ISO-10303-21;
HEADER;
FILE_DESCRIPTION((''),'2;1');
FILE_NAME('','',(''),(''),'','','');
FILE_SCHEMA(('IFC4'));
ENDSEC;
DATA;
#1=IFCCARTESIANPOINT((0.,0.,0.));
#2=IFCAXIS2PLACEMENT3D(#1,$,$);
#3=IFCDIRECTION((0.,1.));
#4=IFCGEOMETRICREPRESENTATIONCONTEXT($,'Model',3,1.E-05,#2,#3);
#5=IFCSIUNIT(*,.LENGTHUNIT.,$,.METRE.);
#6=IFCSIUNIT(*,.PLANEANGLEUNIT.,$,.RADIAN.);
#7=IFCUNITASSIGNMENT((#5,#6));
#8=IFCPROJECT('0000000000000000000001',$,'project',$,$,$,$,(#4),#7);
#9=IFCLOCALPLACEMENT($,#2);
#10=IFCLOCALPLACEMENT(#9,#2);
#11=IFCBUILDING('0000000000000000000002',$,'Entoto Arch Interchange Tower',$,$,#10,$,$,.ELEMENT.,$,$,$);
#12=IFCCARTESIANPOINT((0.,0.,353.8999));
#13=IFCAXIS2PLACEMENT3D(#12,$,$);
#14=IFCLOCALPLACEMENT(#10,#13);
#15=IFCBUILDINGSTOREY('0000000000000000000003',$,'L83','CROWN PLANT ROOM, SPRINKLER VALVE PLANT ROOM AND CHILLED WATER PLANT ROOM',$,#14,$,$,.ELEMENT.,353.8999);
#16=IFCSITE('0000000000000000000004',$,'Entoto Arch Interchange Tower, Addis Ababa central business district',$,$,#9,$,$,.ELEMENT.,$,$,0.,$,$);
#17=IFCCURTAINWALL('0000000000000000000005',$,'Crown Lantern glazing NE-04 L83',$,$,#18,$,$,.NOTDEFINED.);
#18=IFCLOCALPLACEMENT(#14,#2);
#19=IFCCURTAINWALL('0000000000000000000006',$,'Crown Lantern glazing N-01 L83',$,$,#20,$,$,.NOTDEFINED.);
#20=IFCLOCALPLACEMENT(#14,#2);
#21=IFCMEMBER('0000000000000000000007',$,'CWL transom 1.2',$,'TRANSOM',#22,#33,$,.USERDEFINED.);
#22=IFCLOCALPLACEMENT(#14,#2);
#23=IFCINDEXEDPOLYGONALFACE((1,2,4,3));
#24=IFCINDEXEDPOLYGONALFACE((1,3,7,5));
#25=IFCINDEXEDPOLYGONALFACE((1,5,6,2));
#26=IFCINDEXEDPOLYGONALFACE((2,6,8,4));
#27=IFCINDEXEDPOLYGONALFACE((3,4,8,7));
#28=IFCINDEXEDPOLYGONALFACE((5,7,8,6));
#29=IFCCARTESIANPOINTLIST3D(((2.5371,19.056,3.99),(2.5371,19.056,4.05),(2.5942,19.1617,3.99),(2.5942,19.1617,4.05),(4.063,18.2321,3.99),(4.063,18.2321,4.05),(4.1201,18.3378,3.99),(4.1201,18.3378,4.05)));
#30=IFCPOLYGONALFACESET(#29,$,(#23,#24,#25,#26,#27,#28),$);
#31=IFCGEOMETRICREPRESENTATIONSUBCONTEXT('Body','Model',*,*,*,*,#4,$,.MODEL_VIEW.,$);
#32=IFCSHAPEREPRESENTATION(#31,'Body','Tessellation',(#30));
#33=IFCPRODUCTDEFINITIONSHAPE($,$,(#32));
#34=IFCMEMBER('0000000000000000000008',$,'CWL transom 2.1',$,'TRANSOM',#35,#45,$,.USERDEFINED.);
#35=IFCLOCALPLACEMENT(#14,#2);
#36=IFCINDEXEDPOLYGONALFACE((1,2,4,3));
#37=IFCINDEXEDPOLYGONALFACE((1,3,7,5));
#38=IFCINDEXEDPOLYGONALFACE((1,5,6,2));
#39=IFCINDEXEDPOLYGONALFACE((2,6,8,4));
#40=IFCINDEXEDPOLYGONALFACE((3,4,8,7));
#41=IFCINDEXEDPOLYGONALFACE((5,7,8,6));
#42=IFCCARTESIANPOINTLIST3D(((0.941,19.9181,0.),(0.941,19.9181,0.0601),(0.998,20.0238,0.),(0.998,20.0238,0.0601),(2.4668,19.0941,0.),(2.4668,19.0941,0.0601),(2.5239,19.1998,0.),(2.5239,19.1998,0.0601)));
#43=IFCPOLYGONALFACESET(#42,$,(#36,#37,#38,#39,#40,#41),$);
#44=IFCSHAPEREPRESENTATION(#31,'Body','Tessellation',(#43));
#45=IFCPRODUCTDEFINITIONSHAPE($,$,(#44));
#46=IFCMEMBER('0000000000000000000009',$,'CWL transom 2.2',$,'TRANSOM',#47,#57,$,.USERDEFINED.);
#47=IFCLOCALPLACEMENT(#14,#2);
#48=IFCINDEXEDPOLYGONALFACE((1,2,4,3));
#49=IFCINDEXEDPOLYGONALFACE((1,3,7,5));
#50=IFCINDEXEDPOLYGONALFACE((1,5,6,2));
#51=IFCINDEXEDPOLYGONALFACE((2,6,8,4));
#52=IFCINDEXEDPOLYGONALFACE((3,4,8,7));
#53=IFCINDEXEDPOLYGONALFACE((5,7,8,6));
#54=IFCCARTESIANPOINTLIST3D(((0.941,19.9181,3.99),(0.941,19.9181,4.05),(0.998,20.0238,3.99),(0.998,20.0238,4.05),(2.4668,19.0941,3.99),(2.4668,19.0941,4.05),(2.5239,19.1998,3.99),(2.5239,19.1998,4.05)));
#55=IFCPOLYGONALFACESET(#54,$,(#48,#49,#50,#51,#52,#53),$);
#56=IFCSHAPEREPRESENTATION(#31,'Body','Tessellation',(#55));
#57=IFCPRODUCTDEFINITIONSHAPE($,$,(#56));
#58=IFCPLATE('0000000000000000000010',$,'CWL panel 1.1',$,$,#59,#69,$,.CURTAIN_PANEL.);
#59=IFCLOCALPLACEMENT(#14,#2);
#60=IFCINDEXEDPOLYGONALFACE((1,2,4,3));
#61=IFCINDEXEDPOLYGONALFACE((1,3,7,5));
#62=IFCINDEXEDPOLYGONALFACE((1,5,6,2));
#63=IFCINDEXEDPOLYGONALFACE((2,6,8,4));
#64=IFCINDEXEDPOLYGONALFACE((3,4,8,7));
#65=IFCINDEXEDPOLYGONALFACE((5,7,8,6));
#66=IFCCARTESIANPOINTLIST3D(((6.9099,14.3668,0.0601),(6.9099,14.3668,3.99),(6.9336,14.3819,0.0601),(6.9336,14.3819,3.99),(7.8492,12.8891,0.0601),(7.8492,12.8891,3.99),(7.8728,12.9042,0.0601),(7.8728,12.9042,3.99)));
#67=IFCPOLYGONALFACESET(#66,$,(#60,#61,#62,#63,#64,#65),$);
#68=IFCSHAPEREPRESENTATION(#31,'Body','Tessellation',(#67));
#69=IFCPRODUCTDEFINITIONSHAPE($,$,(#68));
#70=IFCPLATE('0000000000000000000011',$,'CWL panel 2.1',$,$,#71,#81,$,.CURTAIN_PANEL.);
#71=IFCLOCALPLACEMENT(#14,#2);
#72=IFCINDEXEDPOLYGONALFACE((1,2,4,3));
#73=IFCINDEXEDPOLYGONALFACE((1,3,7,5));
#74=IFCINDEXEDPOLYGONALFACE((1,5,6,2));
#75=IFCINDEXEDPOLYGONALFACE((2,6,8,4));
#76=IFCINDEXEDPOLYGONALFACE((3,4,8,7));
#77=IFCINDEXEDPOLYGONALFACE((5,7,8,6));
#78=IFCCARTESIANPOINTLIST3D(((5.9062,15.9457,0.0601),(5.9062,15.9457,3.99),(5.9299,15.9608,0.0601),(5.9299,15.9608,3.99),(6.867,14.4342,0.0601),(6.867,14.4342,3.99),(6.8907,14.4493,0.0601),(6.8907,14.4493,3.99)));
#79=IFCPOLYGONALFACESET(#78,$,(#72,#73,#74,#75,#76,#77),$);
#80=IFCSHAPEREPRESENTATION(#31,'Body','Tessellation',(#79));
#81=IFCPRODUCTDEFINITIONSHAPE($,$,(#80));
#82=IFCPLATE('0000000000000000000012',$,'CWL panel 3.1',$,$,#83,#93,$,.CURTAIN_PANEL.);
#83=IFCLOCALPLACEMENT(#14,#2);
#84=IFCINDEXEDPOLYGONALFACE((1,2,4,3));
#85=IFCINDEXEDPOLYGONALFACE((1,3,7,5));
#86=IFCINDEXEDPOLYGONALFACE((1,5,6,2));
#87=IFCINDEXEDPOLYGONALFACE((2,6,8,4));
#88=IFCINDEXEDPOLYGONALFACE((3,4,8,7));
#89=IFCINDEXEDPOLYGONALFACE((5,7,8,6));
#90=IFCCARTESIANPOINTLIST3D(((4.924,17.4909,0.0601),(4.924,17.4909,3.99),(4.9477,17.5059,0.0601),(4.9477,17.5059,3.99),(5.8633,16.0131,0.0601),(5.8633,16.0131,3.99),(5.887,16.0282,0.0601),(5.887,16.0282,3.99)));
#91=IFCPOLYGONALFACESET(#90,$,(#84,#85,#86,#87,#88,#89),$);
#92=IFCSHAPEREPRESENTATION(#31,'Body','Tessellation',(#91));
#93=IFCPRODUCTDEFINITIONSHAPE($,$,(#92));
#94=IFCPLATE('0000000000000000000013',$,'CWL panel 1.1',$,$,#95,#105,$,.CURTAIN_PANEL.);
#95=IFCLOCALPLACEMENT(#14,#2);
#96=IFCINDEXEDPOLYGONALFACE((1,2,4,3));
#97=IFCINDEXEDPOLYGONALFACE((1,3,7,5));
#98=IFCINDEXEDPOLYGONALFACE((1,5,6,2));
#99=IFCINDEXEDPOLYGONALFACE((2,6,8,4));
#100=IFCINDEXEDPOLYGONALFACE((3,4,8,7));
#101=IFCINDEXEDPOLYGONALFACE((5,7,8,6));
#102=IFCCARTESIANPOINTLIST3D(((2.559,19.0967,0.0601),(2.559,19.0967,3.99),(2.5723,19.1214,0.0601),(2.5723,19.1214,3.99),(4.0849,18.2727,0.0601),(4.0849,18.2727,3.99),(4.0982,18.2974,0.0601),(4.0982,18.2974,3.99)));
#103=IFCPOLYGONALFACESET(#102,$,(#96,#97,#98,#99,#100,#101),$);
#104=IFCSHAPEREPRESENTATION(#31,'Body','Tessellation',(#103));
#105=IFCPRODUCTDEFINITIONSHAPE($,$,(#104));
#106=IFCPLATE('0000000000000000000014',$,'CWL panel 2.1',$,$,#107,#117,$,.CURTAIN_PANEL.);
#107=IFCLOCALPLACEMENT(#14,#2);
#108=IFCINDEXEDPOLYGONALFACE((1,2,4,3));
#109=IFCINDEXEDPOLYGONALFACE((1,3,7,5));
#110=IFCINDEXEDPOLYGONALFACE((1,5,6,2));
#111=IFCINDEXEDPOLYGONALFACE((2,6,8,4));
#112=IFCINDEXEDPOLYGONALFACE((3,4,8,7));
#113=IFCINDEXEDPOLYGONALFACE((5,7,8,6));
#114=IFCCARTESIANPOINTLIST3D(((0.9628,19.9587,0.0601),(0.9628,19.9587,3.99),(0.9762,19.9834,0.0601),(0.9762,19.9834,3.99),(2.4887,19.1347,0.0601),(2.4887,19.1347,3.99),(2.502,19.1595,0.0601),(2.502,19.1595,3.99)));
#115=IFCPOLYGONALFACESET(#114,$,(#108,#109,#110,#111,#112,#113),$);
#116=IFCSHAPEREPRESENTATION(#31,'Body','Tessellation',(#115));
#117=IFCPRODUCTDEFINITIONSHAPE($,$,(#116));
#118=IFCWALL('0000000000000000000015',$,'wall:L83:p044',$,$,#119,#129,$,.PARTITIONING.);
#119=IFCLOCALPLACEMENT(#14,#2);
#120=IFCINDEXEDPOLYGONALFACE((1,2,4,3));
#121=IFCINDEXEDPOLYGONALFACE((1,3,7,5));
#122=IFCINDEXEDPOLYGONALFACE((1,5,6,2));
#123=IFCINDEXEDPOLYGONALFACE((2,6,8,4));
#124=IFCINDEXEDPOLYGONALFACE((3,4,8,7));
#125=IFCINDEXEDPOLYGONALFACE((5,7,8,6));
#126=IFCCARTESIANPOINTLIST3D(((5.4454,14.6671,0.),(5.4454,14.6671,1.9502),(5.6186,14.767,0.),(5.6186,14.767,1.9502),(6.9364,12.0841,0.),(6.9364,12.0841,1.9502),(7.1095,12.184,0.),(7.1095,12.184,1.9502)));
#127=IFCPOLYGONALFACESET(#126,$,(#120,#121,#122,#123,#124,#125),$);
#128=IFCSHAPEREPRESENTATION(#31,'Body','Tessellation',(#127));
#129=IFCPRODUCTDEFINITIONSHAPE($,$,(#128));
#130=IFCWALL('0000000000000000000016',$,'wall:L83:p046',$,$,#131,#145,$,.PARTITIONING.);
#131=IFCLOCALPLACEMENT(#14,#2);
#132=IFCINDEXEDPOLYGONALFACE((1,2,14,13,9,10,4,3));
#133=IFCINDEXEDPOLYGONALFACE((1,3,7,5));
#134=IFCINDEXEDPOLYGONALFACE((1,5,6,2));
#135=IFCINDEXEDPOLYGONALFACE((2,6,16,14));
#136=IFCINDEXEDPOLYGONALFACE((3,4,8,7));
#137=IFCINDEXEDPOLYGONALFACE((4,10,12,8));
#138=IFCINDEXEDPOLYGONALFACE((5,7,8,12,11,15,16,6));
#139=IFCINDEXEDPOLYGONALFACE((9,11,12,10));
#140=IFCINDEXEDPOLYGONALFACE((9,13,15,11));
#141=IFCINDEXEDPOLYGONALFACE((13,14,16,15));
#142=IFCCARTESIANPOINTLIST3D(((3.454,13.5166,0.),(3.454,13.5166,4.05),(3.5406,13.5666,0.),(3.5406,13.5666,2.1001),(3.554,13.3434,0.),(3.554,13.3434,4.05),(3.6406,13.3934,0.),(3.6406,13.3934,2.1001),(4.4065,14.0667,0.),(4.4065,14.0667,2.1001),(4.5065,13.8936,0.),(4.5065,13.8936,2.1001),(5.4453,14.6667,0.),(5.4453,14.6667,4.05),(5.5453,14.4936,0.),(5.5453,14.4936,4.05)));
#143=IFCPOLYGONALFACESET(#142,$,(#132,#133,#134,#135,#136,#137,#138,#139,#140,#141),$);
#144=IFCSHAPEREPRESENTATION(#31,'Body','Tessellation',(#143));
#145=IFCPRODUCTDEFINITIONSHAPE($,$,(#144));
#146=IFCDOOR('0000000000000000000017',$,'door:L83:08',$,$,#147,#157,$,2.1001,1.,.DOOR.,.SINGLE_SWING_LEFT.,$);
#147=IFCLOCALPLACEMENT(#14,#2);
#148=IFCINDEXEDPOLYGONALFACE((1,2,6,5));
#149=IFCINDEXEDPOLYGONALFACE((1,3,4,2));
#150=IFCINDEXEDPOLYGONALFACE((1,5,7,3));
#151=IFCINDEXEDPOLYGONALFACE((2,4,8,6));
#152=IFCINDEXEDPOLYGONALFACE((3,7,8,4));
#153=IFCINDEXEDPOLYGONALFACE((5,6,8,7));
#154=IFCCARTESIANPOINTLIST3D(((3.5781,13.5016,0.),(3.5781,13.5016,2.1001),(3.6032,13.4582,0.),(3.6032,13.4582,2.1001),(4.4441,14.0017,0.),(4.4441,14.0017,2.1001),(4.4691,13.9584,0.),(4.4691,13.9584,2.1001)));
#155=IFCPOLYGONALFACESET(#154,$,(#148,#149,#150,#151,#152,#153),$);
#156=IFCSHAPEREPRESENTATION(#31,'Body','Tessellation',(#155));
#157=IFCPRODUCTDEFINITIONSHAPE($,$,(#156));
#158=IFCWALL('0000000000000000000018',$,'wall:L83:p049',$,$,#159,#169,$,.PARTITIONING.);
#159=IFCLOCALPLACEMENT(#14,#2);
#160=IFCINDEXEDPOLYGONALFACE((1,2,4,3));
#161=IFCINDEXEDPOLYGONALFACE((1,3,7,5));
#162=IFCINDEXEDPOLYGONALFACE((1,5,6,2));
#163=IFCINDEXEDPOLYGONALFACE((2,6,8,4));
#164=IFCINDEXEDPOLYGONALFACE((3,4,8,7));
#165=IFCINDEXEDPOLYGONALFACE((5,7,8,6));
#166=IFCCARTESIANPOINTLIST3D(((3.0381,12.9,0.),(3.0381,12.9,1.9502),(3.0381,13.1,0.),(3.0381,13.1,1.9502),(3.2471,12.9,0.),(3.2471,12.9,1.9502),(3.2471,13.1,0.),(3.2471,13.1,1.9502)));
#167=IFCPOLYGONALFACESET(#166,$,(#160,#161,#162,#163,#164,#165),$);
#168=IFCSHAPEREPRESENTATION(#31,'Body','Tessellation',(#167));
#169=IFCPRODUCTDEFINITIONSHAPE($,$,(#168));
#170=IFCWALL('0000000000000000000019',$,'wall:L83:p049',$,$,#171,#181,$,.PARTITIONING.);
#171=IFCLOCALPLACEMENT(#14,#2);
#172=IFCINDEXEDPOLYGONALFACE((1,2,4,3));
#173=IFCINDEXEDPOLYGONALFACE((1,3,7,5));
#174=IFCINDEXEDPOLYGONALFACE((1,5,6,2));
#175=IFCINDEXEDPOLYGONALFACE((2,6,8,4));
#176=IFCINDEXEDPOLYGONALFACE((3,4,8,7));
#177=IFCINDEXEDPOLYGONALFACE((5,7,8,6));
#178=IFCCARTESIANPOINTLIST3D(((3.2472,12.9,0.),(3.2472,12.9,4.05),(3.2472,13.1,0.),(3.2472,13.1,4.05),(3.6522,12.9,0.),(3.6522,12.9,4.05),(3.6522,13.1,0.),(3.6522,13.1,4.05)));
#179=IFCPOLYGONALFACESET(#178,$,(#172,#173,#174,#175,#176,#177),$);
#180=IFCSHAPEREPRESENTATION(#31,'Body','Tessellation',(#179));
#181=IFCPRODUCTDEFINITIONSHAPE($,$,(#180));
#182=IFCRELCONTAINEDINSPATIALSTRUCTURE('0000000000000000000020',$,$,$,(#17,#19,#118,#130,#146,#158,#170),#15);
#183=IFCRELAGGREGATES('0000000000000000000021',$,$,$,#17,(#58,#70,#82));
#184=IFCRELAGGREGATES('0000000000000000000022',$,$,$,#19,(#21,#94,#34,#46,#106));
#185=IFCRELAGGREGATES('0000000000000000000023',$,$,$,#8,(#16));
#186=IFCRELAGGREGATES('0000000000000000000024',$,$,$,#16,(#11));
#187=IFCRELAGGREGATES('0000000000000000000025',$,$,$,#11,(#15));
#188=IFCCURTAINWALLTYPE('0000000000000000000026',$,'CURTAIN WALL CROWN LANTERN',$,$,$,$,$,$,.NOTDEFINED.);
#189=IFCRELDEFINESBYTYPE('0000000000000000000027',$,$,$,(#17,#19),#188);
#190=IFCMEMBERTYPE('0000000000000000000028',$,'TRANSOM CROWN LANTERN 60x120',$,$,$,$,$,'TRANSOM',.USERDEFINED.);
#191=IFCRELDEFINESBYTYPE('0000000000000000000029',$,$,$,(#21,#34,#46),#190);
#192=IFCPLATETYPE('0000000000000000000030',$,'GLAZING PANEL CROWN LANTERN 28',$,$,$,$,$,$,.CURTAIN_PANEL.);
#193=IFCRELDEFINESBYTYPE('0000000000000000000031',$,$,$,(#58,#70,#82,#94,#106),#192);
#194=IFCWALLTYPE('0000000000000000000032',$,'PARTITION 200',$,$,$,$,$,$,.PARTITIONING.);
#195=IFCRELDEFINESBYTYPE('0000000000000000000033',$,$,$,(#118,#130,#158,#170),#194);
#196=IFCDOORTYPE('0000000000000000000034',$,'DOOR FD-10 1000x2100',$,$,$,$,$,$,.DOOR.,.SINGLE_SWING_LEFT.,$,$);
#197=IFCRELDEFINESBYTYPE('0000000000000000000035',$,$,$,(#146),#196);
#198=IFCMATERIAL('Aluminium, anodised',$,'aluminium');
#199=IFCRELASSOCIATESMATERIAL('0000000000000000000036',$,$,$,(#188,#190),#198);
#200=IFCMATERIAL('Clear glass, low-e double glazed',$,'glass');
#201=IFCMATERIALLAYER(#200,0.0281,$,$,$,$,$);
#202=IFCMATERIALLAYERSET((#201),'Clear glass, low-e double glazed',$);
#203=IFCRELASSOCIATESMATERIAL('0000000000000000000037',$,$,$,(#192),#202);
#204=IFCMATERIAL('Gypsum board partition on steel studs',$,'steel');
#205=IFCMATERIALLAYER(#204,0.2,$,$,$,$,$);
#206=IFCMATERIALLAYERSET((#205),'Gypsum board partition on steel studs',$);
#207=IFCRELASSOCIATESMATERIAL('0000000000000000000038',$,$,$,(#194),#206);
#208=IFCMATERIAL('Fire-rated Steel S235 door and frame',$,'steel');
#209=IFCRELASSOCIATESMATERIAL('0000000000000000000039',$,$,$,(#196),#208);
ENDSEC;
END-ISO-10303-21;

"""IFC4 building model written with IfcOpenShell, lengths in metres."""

from ifc_helpers import new_model, si_unit, direction, frame, frame_2d, origin, origin_2d, place, context, subcontext, project, spatial, rectangle, extrude, material, layer, layer_set, material_profile, profile_set, type_object, element, fill, aggregate, save


model = new_model("IFC4")

# Units and contexts
model_context = context("Model", 3, precision=1e-05, world=origin(), true_north=direction((0.0, 1.0)))
body_context = subcontext(model_context, "Body", "Model", "MODEL_VIEW")
ifc_project = project(units=[si_unit("LENGTHUNIT", "METRE"), si_unit("PLANEANGLEUNIT", "RADIAN")], contexts=[model_context])

# Site, building, storey
site_placement = place(None, origin())
site = spatial("IfcSite", under=ifc_project, at=site_placement, Name="Entoto Arch Interchange Tower, Addis Ababa central business district", CompositionType="ELEMENT", RefElevation=0.0)
building_placement = place(site_placement, origin())
building = spatial("IfcBuilding", under=site, at=building_placement, Name="Entoto Arch Interchange Tower", CompositionType="ELEMENT")
storey_placement = place(building_placement, frame((0.0, 0.0, 353.8999)))
storey = spatial("IfcBuildingStorey", under=building, at=storey_placement, Name="L83", Description="CROWN PLANT ROOM, SPRINKLER VALVE PLANT ROOM AND CHILLED WATER PLANT ROOM", CompositionType="ELEMENT", Elevation=353.8999)

# Curtain walls
ifc_material_1 = material(Name="Aluminium, anodised", Category="aluminium")
curtain_wall_type = type_object("IfcCurtainWallType", Name="CURTAIN WALL CROWN LANTERN", PredefinedType="NOTDEFINED", material=ifc_material_1)
curtain_wall_1_placement = place(storey_placement, origin())
curtain_wall_1 = element("IfcCurtainWall", 1, at=curtain_wall_1_placement, inside=storey, type_object=curtain_wall_type, Name="Crown Lantern glazing NE-04 L83", PredefinedType="NOTDEFINED")
curtain_wall_2_placement = place(storey_placement, origin())
curtain_wall_2 = element("IfcCurtainWall", 2, at=curtain_wall_2_placement, inside=storey, type_object=curtain_wall_type, Name="Crown Lantern glazing N-01 L83", PredefinedType="NOTDEFINED")

# Members
ifc_material_profile_1 = material_profile(ifc_material_1, rectangle(XDim=0.1201, YDim=0.0601, at=origin_2d()))
ifc_profile_set_1 = profile_set([ifc_material_profile_1], Name="Aluminium, anodised")
member_type_1 = type_object("IfcMemberType", Name="TRANSOM CROWN LANTERN 60x120", ElementType="TRANSOM", PredefinedType="USERDEFINED", material=ifc_profile_set_1)
member_1_placement = place(storey_placement, frame((4.0916, 18.2849, 4.02), z_axis=(-0.879905, 0.475149, 0.0), x_axis=(-0.475149, -0.879905, 0.0)))
member_1 = element("IfcMember", 3, at=member_1_placement, type_object=member_type_1, Name="CWL transom 1.2", ObjectType="TRANSOM", PredefinedType="USERDEFINED", context=body_context, shape_type="SweptSolid", body=[
    extrude(rectangle(XDim=0.1201, YDim=0.0601, at=origin_2d()), origin(), (0.0, 0.0, 1.0), 1.7341),
])
member_2_placement = place(storey_placement, frame((2.4954, 19.147, 0.03), z_axis=(-0.879905, 0.475149, 0.0), x_axis=(-0.475149, -0.879905, 0.0)))
member_2 = element("IfcMember", 4, at=member_2_placement, type_object=member_type_1, Name="CWL transom 2.1", ObjectType="TRANSOM", PredefinedType="USERDEFINED", context=body_context, shape_type="SweptSolid", body=[
    extrude(rectangle(XDim=0.1201, YDim=0.0601, at=origin_2d()), origin(), (0.0, 0.0, 1.0), 1.7341),
])
member_3_placement = place(storey_placement, frame((2.4954, 19.147, 4.02), z_axis=(-0.879905, 0.475149, 0.0), x_axis=(-0.475149, -0.879905, 0.0)))
member_3 = element("IfcMember", 5, at=member_3_placement, type_object=member_type_1, Name="CWL transom 2.2", ObjectType="TRANSOM", PredefinedType="USERDEFINED", context=body_context, shape_type="SweptSolid", body=[
    extrude(rectangle(XDim=0.1201, YDim=0.0601, at=origin_2d()), origin(), (0.0, 0.0, 1.0), 1.7341),
])

# Plates
ifc_material_2 = material(Name="Clear glass, low-e double glazed", Category="glass")
ifc_layer_1 = layer(ifc_material_2, 0.0281)
ifc_layer_set_1 = layer_set([ifc_layer_1], Name="Clear glass, low-e double glazed")
plate_type = type_object("IfcPlateType", Name="GLAZING PANEL CROWN LANTERN 28", PredefinedType="CURTAIN_PANEL", material=ifc_layer_set_1)
plate_1_placement = place(storey_placement, frame((7.3914, 13.6355, 0.0601), z_axis=(0.0, 0.0, 1.0), x_axis=(-0.536437, 0.84394, 0.0)))
plate_1 = element("IfcPlate", 6, at=plate_1_placement, type_object=plate_type, Name="CWL panel 1.1", PredefinedType="CURTAIN_PANEL", context=body_context, shape_type="SweptSolid", body=[
    extrude(rectangle(XDim=1.751, YDim=0.0281, at=origin_2d()), origin(), (0.0, 0.0, 1.0), 3.9299),
])
plate_2_placement = place(storey_placement, frame((6.3984, 15.1975, 0.0601), z_axis=(0.0, 0.0, 1.0), x_axis=(-0.536437, 0.84394, 0.0)))
plate_2 = element("IfcPlate", 7, at=plate_2_placement, type_object=plate_type, Name="CWL panel 2.1", PredefinedType="CURTAIN_PANEL", context=body_context, shape_type="SweptSolid", body=[
    extrude(rectangle(XDim=1.791, YDim=0.0281, at=origin_2d()), origin(), (0.0, 0.0, 1.0), 3.9299),
])
plate_3_placement = place(storey_placement, frame((5.4055, 16.7595, 0.0601), z_axis=(0.0, 0.0, 1.0), x_axis=(-0.536437, 0.84394, 0.0)))
plate_3 = element("IfcPlate", 8, at=plate_3_placement, type_object=plate_type, Name="CWL panel 3.1", PredefinedType="CURTAIN_PANEL", context=body_context, shape_type="SweptSolid", body=[
    extrude(rectangle(XDim=1.751, YDim=0.0281, at=origin_2d()), origin(), (0.0, 0.0, 1.0), 3.9299),
])
aggregate(curtain_wall_1, [plate_1, plate_2, plate_3])
plate_4_placement = place(storey_placement, frame((3.3286, 18.697, 0.0601), z_axis=(0.0, 0.0, 1.0), x_axis=(-0.879908, 0.475145, 0.0)))
plate_4 = element("IfcPlate", 9, at=plate_4_placement, type_object=plate_type, Name="CWL panel 1.1", PredefinedType="CURTAIN_PANEL", context=body_context, shape_type="SweptSolid", body=[
    extrude(rectangle(XDim=1.7341, YDim=0.0281, at=origin_2d()), origin(), (0.0, 0.0, 1.0), 3.9299),
])
plate_5_placement = place(storey_placement, frame((1.7324, 19.5591, 0.0601), z_axis=(0.0, 0.0, 1.0), x_axis=(-0.879908, 0.475145, 0.0)))
plate_5 = element("IfcPlate", 10, at=plate_5_placement, type_object=plate_type, Name="CWL panel 2.1", PredefinedType="CURTAIN_PANEL", context=body_context, shape_type="SweptSolid", body=[
    extrude(rectangle(XDim=1.7341, YDim=0.0281, at=origin_2d()), origin(), (0.0, 0.0, 1.0), 3.9299),
])
aggregate(curtain_wall_2, [member_1, plate_4, member_2, member_3, plate_5])

# Wall
ifc_material_3 = material(Name="Gypsum board partition on steel studs", Category="steel")
ifc_layer_2 = layer(ifc_material_3, 0.2)
ifc_layer_set_2 = layer_set([ifc_layer_2], Name="Gypsum board partition on steel studs")
wall_type_1 = type_object("IfcWallType", Name="PARTITION 200", PredefinedType="PARTITIONING", material=ifc_layer_set_2)
wall_1_placement = place(storey_placement, frame((5.532, 14.717, 0.0), z_axis=(0.0, 0.0, 1.0), x_axis=(0.499916, -0.866074, 0.0)))
element("IfcWall", 11, at=wall_1_placement, inside=storey, type_object=wall_type_1, Name="wall:L83:p044", PredefinedType="PARTITIONING", context=body_context, shape_type="SweptSolid", body=[
    extrude(rectangle(XDim=2.9824, YDim=0.2, at=frame_2d((1.4912, 0.0))), origin(), (0.0, 0.0, 1.0), 1.9502),
])

# Wall, opening, door
wall_2_placement = place(storey_placement, frame((3.5039, 13.4299, 0.0), z_axis=(0.0, 0.0, 1.0), x_axis=(0.865927, 0.50017, 0.0)))
wall_2 = element("IfcWall", 12, at=wall_2_placement, inside=storey, type_object=wall_type_1, Name="wall:L83:p046", PredefinedType="PARTITIONING", context=body_context, shape_type="SweptSolid", body=[
    extrude(rectangle(XDim=2.2996, YDim=0.2, at=frame_2d((1.1499, 0.0))), origin(), (0.0, 0.0, 1.0), 4.05),
])
opening_1_placement = place(wall_2_placement, frame((0.1001, 0.0, 0.0)))
opening_1 = element("IfcOpeningElement", 13, at=opening_1_placement, cuts=wall_2, PredefinedType="OPENING", context=body_context, shape_type="SweptSolid", body=[
    extrude(rectangle(XDim=1.0, YDim=2.1001, at=frame_2d((0.5, 1.05))), frame((0.0, 0.1099, 0.0), z_axis=(0.0, -1.0, 0.0), x_axis=(1.0, 0.0, 0.0)), (0.0, 0.0, 1.0), 0.22),
])
ifc_material_4 = material(Name="Fire-rated Steel S235 door and frame", Category="steel")
door_type = type_object("IfcDoorType", Name="DOOR FD-10 1000x2100", OperationType="SINGLE_SWING_LEFT", PredefinedType="DOOR", material=ifc_material_4)
door_1_placement = place(opening_1_placement, origin())
door_1 = element("IfcDoor", 14, at=door_1_placement, inside=storey, type_object=door_type, Name="door:L83:08", OperationType="SINGLE_SWING_LEFT", OverallHeight=2.1001, OverallWidth=1.0, PredefinedType="DOOR", context=body_context, shape_type="SweptSolid", body=[
    extrude(rectangle(XDim=1.0, YDim=2.1001, at=frame_2d((0.5, 1.05))), frame((0.0, 0.0249, 0.0), z_axis=(0.0, -1.0, 0.0), x_axis=(1.0, 0.0, 0.0)), (0.0, 0.0, 1.0), 0.05),
])
fill(opening_1, door_1)

# Walls
wall_3_placement = place(storey_placement, frame((3.0381, 13.0, 0.0), z_axis=(0.0, 0.0, 1.0), x_axis=(1.0, 0.0, 0.0)))
element("IfcWall", 15, at=wall_3_placement, inside=storey, type_object=wall_type_1, Name="wall:L83:p049", PredefinedType="PARTITIONING", context=body_context, shape_type="SweptSolid", body=[
    extrude(rectangle(XDim=0.209, YDim=0.2, at=frame_2d((0.1045, 0.0))), origin(), (0.0, 0.0, 1.0), 1.9502),
])
wall_4_placement = place(storey_placement, frame((3.2471, 13.0, 0.0), z_axis=(0.0, 0.0, 1.0), x_axis=(1.0, 0.0, 0.0)))
element("IfcWall", 16, at=wall_4_placement, inside=storey, type_object=wall_type_1, Name="wall:L83:p049", PredefinedType="PARTITIONING", context=body_context, shape_type="SweptSolid", body=[
    extrude(rectangle(XDim=0.405, YDim=0.2, at=frame_2d((0.2026, 0.0))), origin(), (0.0, 0.0, 1.0), 4.05),
])

save(model, "model.ifc")
